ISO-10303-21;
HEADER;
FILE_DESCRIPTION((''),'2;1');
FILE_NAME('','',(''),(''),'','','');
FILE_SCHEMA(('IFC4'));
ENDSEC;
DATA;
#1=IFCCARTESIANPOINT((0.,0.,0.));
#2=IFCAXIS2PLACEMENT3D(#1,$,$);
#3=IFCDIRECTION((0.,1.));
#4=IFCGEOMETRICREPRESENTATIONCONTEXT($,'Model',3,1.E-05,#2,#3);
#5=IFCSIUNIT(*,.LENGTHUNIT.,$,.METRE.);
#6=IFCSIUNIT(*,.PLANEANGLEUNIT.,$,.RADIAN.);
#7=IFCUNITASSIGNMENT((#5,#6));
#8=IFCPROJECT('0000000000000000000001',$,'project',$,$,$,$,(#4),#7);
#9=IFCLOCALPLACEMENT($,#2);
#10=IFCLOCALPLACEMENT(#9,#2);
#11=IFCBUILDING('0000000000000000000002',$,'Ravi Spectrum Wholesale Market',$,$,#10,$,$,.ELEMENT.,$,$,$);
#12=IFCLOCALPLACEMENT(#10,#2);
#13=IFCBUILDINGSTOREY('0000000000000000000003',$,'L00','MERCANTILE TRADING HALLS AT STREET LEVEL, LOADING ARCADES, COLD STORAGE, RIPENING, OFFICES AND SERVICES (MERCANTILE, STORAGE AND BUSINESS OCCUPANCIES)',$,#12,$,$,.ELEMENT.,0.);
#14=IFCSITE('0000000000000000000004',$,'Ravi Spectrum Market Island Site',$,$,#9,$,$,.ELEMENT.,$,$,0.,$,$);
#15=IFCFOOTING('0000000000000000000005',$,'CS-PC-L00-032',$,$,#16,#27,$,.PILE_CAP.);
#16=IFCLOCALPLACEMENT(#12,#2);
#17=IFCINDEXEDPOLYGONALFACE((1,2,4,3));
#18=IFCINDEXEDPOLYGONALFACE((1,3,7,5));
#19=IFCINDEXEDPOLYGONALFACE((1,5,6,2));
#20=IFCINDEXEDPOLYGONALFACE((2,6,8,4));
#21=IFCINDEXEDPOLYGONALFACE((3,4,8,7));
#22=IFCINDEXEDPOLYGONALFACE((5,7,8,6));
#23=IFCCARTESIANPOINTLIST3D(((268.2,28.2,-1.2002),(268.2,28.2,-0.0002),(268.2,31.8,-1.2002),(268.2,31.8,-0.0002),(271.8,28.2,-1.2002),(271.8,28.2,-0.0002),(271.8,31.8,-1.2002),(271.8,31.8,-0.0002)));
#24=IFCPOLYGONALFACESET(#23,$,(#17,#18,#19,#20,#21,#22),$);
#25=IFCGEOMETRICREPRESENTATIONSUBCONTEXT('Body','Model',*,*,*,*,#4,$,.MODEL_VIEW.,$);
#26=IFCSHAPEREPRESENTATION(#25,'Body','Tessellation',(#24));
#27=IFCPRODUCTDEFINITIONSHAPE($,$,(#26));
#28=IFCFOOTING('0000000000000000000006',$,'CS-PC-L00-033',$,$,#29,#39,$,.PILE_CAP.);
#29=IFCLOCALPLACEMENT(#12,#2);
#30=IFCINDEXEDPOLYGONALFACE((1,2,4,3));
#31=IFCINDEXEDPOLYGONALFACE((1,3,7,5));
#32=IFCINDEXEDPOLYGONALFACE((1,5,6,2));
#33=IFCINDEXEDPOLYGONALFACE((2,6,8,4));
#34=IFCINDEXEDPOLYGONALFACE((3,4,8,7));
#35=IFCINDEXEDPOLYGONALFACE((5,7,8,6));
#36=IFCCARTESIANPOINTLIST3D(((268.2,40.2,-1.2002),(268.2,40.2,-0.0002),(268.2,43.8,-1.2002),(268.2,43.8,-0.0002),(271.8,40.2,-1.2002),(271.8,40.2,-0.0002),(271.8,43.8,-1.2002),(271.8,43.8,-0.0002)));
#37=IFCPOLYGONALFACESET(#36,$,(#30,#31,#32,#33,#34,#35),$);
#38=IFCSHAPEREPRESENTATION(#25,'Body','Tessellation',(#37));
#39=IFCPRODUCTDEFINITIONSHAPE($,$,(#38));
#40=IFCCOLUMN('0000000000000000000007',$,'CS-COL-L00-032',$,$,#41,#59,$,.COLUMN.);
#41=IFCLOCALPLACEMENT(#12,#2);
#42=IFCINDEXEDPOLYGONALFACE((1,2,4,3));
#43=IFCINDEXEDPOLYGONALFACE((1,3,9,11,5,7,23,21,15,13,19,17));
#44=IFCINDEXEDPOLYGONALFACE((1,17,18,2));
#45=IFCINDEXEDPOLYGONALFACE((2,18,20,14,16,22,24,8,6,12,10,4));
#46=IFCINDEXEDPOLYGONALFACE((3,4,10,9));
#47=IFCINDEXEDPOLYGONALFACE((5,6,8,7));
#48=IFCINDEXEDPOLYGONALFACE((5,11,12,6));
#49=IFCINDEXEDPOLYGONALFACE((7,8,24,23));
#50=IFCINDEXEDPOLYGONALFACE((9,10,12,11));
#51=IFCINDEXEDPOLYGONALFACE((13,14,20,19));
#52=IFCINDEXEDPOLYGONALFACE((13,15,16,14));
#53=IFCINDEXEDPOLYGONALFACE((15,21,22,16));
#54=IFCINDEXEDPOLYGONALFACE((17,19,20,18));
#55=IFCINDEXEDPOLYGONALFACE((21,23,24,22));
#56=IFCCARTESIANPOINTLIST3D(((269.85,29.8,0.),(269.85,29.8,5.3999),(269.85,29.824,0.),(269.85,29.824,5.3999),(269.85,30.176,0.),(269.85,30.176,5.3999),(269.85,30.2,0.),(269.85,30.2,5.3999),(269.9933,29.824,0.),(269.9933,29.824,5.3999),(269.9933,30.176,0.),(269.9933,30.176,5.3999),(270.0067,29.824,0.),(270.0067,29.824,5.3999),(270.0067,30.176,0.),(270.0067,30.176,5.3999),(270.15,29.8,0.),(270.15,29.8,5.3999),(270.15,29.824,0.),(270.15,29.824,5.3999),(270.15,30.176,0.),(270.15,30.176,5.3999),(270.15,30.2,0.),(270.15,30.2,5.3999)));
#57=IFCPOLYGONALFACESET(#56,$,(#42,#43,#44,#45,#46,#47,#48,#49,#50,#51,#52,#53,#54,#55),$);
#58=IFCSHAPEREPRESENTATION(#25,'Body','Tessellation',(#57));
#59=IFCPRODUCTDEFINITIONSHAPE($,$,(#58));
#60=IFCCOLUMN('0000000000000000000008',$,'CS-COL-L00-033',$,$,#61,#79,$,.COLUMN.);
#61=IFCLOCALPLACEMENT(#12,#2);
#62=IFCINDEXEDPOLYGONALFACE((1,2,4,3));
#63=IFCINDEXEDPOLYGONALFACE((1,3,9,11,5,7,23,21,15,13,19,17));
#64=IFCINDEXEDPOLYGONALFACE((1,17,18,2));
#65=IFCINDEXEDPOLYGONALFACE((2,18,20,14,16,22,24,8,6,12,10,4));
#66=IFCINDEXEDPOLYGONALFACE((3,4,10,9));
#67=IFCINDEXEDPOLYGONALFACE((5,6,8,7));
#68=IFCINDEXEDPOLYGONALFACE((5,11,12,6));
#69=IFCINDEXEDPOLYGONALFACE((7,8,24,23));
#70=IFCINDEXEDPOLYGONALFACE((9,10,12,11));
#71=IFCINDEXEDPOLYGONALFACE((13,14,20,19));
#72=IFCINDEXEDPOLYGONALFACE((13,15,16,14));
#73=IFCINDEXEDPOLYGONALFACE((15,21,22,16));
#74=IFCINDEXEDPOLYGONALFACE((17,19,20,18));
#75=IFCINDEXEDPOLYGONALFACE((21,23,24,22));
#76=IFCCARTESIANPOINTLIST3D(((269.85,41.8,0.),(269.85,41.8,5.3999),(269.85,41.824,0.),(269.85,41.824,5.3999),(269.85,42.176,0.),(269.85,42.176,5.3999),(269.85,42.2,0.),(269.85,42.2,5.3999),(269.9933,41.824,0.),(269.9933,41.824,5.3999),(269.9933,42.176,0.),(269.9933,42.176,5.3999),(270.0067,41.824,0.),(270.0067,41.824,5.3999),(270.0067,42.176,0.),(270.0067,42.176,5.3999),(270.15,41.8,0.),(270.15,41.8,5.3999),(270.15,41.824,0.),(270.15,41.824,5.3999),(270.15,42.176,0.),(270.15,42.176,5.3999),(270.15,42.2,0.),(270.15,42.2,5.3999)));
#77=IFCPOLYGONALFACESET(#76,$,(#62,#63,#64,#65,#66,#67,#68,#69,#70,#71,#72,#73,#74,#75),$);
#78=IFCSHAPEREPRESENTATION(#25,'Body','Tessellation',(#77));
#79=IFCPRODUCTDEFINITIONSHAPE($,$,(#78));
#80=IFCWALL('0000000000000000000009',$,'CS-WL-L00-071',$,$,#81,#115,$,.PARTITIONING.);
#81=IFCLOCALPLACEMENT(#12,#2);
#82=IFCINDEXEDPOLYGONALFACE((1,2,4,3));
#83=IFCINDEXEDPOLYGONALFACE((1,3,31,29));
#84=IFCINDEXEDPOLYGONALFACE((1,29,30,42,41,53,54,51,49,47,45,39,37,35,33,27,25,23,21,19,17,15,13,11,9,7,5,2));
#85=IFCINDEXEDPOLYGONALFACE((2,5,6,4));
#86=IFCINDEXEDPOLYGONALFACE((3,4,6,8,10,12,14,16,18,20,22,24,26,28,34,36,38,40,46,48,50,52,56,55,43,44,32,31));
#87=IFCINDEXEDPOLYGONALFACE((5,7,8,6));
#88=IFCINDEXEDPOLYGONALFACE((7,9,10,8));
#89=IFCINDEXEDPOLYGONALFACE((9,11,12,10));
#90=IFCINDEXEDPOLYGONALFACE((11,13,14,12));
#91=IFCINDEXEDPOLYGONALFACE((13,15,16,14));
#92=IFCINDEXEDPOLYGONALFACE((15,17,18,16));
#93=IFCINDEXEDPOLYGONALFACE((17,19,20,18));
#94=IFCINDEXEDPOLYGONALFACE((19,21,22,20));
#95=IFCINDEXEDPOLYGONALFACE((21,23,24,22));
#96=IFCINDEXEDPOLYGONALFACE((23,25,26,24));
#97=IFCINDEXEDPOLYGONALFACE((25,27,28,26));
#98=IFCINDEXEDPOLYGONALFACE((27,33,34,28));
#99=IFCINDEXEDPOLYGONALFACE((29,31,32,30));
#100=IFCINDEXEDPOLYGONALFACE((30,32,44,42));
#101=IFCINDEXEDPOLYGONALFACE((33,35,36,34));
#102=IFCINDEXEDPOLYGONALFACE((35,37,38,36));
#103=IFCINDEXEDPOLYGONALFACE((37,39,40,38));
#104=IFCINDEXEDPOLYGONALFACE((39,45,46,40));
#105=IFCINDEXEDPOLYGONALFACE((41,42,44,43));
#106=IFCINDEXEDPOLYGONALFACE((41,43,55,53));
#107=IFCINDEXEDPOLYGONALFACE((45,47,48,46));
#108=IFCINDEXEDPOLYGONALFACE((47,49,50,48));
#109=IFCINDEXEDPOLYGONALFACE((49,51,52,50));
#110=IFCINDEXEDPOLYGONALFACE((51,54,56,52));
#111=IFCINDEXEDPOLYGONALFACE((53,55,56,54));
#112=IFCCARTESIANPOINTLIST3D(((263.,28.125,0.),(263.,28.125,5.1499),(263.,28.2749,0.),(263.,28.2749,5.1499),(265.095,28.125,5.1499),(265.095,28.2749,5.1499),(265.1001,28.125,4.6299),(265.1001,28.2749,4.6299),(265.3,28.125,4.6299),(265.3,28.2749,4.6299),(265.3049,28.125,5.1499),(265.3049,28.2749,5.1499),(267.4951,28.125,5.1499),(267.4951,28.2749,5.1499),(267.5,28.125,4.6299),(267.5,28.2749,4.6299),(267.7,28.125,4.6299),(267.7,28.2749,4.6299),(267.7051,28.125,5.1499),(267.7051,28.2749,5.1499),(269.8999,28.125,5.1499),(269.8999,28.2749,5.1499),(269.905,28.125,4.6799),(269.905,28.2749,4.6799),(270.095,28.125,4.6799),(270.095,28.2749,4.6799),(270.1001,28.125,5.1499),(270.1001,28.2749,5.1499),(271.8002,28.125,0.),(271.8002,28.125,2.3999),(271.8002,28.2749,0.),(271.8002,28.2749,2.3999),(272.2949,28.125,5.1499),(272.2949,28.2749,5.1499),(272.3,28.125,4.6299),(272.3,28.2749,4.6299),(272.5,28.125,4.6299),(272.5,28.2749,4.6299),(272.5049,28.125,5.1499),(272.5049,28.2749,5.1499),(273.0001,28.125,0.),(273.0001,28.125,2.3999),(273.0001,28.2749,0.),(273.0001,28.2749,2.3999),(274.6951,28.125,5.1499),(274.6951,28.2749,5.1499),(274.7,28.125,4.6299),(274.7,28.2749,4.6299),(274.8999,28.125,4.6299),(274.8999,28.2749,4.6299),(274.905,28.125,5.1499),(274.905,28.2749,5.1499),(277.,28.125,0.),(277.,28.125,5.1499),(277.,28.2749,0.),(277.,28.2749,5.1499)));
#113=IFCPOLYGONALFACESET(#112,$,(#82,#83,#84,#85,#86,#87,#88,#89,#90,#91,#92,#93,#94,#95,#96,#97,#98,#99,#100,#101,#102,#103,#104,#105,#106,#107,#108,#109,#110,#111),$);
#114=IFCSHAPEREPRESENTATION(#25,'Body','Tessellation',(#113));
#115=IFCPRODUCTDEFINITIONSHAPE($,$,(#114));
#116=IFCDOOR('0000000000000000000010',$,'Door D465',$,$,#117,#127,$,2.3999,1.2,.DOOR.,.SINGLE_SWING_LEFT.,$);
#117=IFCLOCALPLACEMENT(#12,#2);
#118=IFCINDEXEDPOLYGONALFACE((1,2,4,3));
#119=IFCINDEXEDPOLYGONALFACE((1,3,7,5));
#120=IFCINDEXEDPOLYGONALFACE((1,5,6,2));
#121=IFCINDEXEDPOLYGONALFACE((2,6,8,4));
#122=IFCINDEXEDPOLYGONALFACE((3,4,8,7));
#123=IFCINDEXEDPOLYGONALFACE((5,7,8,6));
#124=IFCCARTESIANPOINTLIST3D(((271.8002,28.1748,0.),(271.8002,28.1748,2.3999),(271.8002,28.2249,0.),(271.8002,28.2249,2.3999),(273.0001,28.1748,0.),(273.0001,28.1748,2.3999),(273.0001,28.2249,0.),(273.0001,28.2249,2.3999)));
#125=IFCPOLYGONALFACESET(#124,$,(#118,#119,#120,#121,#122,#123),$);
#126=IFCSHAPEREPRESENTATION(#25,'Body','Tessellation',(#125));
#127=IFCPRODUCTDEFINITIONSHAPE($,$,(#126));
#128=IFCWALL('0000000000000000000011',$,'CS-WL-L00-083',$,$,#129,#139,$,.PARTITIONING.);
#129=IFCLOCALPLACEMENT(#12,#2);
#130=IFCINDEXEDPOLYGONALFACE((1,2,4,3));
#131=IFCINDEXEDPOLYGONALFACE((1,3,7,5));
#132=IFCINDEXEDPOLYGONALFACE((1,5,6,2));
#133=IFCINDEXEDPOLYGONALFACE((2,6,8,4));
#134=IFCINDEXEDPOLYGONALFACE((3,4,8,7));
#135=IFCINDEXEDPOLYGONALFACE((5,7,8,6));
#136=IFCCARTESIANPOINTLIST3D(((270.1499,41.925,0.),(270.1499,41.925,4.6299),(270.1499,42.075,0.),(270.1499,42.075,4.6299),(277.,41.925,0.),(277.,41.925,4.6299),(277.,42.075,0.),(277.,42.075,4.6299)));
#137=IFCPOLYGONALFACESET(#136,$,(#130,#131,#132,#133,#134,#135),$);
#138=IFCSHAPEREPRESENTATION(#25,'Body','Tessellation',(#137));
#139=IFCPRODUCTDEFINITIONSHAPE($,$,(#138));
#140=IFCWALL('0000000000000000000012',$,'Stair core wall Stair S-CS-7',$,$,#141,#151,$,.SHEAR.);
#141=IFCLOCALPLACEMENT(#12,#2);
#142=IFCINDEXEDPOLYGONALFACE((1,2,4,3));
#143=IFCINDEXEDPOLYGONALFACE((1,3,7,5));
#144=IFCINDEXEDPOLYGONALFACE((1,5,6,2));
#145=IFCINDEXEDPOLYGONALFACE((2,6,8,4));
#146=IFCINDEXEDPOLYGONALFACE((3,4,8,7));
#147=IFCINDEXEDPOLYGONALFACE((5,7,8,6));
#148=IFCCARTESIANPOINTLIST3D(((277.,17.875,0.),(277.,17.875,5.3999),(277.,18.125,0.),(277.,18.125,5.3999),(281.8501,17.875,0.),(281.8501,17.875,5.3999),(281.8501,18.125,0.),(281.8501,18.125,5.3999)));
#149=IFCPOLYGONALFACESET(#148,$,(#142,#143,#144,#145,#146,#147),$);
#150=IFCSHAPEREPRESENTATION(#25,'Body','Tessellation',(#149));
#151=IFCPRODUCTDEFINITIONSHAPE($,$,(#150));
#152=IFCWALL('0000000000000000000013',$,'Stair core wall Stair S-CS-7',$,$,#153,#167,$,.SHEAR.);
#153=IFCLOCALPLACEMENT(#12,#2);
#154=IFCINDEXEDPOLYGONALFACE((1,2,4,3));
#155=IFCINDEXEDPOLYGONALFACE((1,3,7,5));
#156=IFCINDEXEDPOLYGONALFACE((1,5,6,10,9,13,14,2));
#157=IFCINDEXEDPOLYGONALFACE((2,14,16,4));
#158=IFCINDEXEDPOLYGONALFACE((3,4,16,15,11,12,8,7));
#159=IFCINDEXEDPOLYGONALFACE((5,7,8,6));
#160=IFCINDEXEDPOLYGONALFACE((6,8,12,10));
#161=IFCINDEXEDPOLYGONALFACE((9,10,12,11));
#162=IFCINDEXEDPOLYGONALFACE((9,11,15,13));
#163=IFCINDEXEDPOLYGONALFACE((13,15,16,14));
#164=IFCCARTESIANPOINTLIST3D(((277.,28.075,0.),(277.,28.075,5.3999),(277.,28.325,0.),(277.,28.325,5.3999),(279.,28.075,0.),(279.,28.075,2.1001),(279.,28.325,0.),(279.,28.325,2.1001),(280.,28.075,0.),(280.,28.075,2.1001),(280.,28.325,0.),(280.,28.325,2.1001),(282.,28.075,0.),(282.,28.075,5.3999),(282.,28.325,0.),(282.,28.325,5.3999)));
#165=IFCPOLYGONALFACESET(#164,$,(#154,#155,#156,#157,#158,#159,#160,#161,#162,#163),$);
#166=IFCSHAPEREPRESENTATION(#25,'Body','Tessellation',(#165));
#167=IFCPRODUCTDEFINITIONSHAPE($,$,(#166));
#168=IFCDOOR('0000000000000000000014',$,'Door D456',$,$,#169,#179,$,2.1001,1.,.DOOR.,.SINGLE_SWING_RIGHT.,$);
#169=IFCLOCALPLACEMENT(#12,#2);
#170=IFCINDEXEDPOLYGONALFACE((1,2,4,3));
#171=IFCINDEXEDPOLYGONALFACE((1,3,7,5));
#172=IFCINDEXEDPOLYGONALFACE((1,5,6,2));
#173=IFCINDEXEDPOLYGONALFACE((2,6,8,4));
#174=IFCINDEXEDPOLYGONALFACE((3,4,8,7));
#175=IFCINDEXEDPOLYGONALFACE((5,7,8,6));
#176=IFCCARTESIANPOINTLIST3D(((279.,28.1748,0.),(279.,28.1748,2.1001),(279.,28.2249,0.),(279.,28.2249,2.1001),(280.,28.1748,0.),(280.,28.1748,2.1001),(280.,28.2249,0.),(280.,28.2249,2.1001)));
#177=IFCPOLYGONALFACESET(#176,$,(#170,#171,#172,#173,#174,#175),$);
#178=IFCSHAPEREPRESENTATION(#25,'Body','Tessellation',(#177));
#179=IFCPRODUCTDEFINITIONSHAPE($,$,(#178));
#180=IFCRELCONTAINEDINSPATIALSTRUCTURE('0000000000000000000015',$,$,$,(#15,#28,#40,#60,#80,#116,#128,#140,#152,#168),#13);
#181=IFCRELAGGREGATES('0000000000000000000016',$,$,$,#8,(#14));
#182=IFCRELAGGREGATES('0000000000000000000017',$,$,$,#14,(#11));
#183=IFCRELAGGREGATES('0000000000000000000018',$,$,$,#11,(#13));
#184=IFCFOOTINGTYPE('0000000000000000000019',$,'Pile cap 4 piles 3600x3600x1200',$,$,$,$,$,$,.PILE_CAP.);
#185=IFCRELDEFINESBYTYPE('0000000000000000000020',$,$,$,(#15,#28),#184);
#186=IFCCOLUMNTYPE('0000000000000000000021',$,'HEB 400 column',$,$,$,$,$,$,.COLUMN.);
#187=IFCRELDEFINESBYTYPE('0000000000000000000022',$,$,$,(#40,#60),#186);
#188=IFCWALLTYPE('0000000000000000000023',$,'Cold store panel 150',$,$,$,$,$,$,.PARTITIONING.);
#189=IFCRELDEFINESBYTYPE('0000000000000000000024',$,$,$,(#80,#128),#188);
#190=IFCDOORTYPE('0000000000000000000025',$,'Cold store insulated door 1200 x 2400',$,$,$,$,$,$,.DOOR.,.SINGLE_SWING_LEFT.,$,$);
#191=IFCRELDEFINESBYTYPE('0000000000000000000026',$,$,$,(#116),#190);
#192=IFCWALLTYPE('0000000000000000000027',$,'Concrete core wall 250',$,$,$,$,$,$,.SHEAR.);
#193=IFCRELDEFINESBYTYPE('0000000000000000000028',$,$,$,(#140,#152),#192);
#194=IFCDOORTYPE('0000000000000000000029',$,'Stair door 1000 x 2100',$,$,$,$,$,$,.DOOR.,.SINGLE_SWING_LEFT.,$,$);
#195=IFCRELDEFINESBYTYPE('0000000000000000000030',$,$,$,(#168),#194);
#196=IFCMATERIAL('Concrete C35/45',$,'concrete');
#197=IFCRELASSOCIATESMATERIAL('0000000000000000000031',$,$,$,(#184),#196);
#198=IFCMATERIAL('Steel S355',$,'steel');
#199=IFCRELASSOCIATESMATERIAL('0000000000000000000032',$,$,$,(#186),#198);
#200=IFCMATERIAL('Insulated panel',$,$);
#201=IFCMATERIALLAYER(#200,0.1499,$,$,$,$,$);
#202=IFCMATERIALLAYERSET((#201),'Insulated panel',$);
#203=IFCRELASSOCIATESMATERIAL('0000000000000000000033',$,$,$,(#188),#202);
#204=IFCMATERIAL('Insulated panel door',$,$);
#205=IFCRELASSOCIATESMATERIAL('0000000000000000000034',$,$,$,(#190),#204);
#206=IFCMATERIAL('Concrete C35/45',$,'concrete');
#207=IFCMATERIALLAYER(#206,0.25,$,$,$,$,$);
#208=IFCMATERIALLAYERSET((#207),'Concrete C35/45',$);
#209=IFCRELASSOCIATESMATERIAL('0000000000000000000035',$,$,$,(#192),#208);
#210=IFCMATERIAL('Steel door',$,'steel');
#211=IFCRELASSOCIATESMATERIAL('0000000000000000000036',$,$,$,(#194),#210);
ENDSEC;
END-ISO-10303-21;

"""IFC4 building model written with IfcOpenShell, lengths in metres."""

from ifc_helpers import new_model, si_unit, direction, frame, frame_2d, origin, origin_2d, place, context, subcontext, project, spatial, polyline, rectangle, i_section, outline, extrude, material, layer, layer_set, material_profile, profile_set, type_object, element, fill, save


model = new_model("IFC4")

# Units and contexts
model_context = context("Model", 3, precision=1e-05, world=origin(), true_north=direction((0.0, 1.0)))
body_context = subcontext(model_context, "Body", "Model", "MODEL_VIEW")
ifc_project = project(units=[si_unit("LENGTHUNIT", "METRE"), si_unit("PLANEANGLEUNIT", "RADIAN")], contexts=[model_context])

# Site, building, storey
site_placement = place(None, origin())
site = spatial("IfcSite", under=ifc_project, at=site_placement, Name="Ravi Spectrum Market Island Site", CompositionType="ELEMENT", RefElevation=0.0)
building_placement = place(site_placement, origin())
building = spatial("IfcBuilding", under=site, at=building_placement, Name="Ravi Spectrum Wholesale Market", CompositionType="ELEMENT")
storey_placement = place(building_placement, origin())
storey = spatial("IfcBuildingStorey", under=building, at=storey_placement, Name="L00", Description="MERCANTILE TRADING HALLS AT STREET LEVEL, LOADING ARCADES, COLD STORAGE, RIPENING, OFFICES AND SERVICES (MERCANTILE, STORAGE AND BUSINESS OCCUPANCIES)", CompositionType="ELEMENT", Elevation=0.0)

# Footings
ifc_material_1 = material(Name="Concrete C35/45", Category="concrete")
footing_type = type_object("IfcFootingType", Name="Pile cap 4 piles 3600x3600x1200", PredefinedType="PILE_CAP", material=ifc_material_1)
for number, where, z_axis, x_axis, name in (
    (1, (270.0, 30.0, -1.2002), (0.0, 0.0, 1.0), (1.0, 0.0, 0.0), "CS-PC-L00-032"),
    (2, (270.0, 42.0, -1.2002), (0.0, 0.0, 1.0), (1.0, 0.0, 0.0), "CS-PC-L00-033"),
):
    element("IfcFooting", number, at=place(storey_placement, frame(where, z_axis=z_axis, x_axis=x_axis)), inside=storey, type_object=footing_type, Name=name, PredefinedType="PILE_CAP", context=body_context, shape_type="SweptSolid", body=[
        extrude(rectangle(XDim=3.6001, YDim=3.6001, at=origin_2d()), origin(), (0.0, 0.0, 1.0), 1.2),
    ])

# Columns
ifc_material_2 = material(Name="Steel S355", Category="steel")
ifc_material_profile_1 = material_profile(ifc_material_2, i_section(OverallWidth=0.3, OverallDepth=0.3999, WebThickness=0.0134, FlangeThickness=0.0239, at=origin_2d()))
ifc_profile_set_1 = profile_set([ifc_material_profile_1], Name="Steel S355")
column_type = type_object("IfcColumnType", Name="HEB 400 column", PredefinedType="COLUMN", material=ifc_profile_set_1)
for number, where, z_axis, x_axis, name in (
    (3, (270.0, 30.0, 0.0), (0.0, 0.0, 1.0), (1.0, 0.0, 0.0), "CS-COL-L00-032"),
    (4, (270.0, 42.0, 0.0), (0.0, 0.0, 1.0), (1.0, 0.0, 0.0), "CS-COL-L00-033"),
):
    element("IfcColumn", number, at=place(storey_placement, frame(where, z_axis=z_axis, x_axis=x_axis)), inside=storey, type_object=column_type, Name=name, PredefinedType="COLUMN", context=body_context, shape_type="SweptSolid", body=[
        extrude(i_section(OverallWidth=0.3, OverallDepth=0.3999, WebThickness=0.0134, FlangeThickness=0.0239, at=origin_2d()), origin(), (0.0, 0.0, 1.0), 5.3999),
    ])

# Wall, opening, door
ifc_material_3 = material(Name="Insulated panel")
ifc_layer_1 = layer(ifc_material_3, 0.1499)
ifc_layer_set_1 = layer_set([ifc_layer_1], Name="Insulated panel")
wall_type_1 = type_object("IfcWallType", Name="Cold store panel 150", PredefinedType="PARTITIONING", material=ifc_layer_set_1)
wall_1_placement = place(storey_placement, frame((263.0, 28.2, 0.0), z_axis=(0.0, 0.0, 1.0), x_axis=(1.0, 0.0, 0.0)))
wall_1 = element("IfcWall", 5, at=wall_1_placement, inside=storey, type_object=wall_type_1, Name="CS-WL-L00-071", PredefinedType="PARTITIONING", context=body_context, shape_type="SweptSolid", body=[
    extrude(outline(polyline([(0.0, 0.0), (14.0, 0.0), (14.0, 5.1499), (11.905, 5.1499), (11.8999, 4.6299), (11.7, 4.6299), (11.6951, 5.1499), (9.5049, 5.1499), (9.5, 4.6299), (9.3, 4.6299), (9.2949, 5.1499), (7.1001, 5.1499), (7.095, 4.6799), (6.905, 4.6799), (6.8999, 5.1499), (4.7051, 5.1499), (4.7, 4.6299), (4.5, 4.6299), (4.4951, 5.1499), (2.3049, 5.1499), (2.3, 4.6299), (2.1001, 4.6299), (2.095, 5.1499), (0.0, 5.1499), (0.0, 0.0)])), frame((0.0, 0.075, 0.0), z_axis=(0.0, -1.0, 0.0), x_axis=(1.0, 0.0, 0.0)), (0.0, 0.0, 1.0), 0.1499),
])
opening_1_placement = place(wall_1_placement, frame((8.8, 0.0, 0.0)))
opening_1 = element("IfcOpeningElement", 6, at=opening_1_placement, cuts=wall_1, PredefinedType="OPENING", context=body_context, shape_type="SweptSolid", body=[
    extrude(rectangle(XDim=1.2, YDim=2.3999, at=frame_2d((0.6001, 1.2))), frame((0.0, 0.085, 0.0), z_axis=(0.0, -1.0, 0.0), x_axis=(1.0, 0.0, 0.0)), (0.0, 0.0, 1.0), 0.1699),
])
ifc_material_4 = material(Name="Insulated panel door")
door_type_1 = type_object("IfcDoorType", Name="Cold store insulated door 1200 x 2400", OperationType="SINGLE_SWING_LEFT", PredefinedType="DOOR", material=ifc_material_4)
door_1_placement = place(opening_1_placement, origin())
door_1 = element("IfcDoor", 7, at=door_1_placement, inside=storey, type_object=door_type_1, Name="Door D465", OperationType="SINGLE_SWING_LEFT", OverallHeight=2.3999, OverallWidth=1.2, PredefinedType="DOOR", context=body_context, shape_type="SweptSolid", body=[
    extrude(rectangle(XDim=1.2, YDim=2.3999, at=frame_2d((0.6001, 1.2))), frame((0.0, 0.0249, 0.0), z_axis=(0.0, -1.0, 0.0), x_axis=(1.0, 0.0, 0.0)), (0.0, 0.0, 1.0), 0.05),
])
fill(opening_1, door_1)

# Walls
wall_2_placement = place(storey_placement, frame((270.1499, 42.0, 0.0), z_axis=(0.0, 0.0, 1.0), x_axis=(1.0, 0.0, 0.0)))
element("IfcWall", 8, at=wall_2_placement, inside=storey, type_object=wall_type_1, Name="CS-WL-L00-083", PredefinedType="PARTITIONING", context=body_context, shape_type="SweptSolid", body=[
    extrude(rectangle(XDim=6.8501, YDim=0.1499, at=frame_2d((3.425, 0.0))), origin(), (0.0, 0.0, 1.0), 4.6299),
])
ifc_material_5 = material(Name="Concrete C35/45", Category="concrete")
ifc_layer_2 = layer(ifc_material_5, 0.25)
ifc_layer_set_2 = layer_set([ifc_layer_2], Name="Concrete C35/45")
wall_type_2 = type_object("IfcWallType", Name="Concrete core wall 250", PredefinedType="SHEAR", material=ifc_layer_set_2)
wall_3_placement = place(storey_placement, frame((277.0, 18.0, 0.0), z_axis=(0.0, 0.0, 1.0), x_axis=(1.0, 0.0, 0.0)))
element("IfcWall", 9, at=wall_3_placement, inside=storey, type_object=wall_type_2, Name="Stair core wall Stair S-CS-7", PredefinedType="SHEAR", context=body_context, shape_type="SweptSolid", body=[
    extrude(rectangle(XDim=4.8501, YDim=0.25, at=frame_2d((2.425, 0.0))), origin(), (0.0, 0.0, 1.0), 5.3999),
])

# Wall, opening, door
wall_4_placement = place(storey_placement, frame((277.0, 28.2, 0.0), z_axis=(0.0, 0.0, 1.0), x_axis=(1.0, 0.0, 0.0)))
wall_4 = element("IfcWall", 10, at=wall_4_placement, inside=storey, type_object=wall_type_2, Name="Stair core wall Stair S-CS-7", PredefinedType="SHEAR", context=body_context, shape_type="SweptSolid", body=[
    extrude(rectangle(XDim=5.0, YDim=0.25, at=frame_2d((2.5, 0.0))), origin(), (0.0, 0.0, 1.0), 5.3999),
])
opening_2_placement = place(wall_4_placement, frame((2.0, 0.0, 0.0)))
opening_2 = element("IfcOpeningElement", 11, at=opening_2_placement, cuts=wall_4, PredefinedType="OPENING", context=body_context, shape_type="SweptSolid", body=[
    extrude(rectangle(XDim=1.0, YDim=2.1001, at=frame_2d((0.5, 1.05))), frame((0.0, 0.135, 0.0), z_axis=(0.0, -1.0, 0.0), x_axis=(1.0, 0.0, 0.0)), (0.0, 0.0, 1.0), 0.27),
])
ifc_material_6 = material(Name="Steel door", Category="steel")
door_type_2 = type_object("IfcDoorType", Name="Stair door 1000 x 2100", OperationType="SINGLE_SWING_LEFT", PredefinedType="DOOR", material=ifc_material_6)
door_2_placement = place(opening_2_placement, origin())
door_2 = element("IfcDoor", 12, at=door_2_placement, inside=storey, type_object=door_type_2, Name="Door D456", OperationType="SINGLE_SWING_RIGHT", OverallHeight=2.1001, OverallWidth=1.0, PredefinedType="DOOR", context=body_context, shape_type="SweptSolid", body=[
    extrude(rectangle(XDim=1.0, YDim=2.1001, at=frame_2d((0.5, 1.05))), frame((0.0, 0.0249, 0.0), z_axis=(0.0, -1.0, 0.0), x_axis=(1.0, 0.0, 0.0)), (0.0, 0.0, 1.0), 0.05),
])
fill(opening_2, door_2)

save(model, "model.ifc")
